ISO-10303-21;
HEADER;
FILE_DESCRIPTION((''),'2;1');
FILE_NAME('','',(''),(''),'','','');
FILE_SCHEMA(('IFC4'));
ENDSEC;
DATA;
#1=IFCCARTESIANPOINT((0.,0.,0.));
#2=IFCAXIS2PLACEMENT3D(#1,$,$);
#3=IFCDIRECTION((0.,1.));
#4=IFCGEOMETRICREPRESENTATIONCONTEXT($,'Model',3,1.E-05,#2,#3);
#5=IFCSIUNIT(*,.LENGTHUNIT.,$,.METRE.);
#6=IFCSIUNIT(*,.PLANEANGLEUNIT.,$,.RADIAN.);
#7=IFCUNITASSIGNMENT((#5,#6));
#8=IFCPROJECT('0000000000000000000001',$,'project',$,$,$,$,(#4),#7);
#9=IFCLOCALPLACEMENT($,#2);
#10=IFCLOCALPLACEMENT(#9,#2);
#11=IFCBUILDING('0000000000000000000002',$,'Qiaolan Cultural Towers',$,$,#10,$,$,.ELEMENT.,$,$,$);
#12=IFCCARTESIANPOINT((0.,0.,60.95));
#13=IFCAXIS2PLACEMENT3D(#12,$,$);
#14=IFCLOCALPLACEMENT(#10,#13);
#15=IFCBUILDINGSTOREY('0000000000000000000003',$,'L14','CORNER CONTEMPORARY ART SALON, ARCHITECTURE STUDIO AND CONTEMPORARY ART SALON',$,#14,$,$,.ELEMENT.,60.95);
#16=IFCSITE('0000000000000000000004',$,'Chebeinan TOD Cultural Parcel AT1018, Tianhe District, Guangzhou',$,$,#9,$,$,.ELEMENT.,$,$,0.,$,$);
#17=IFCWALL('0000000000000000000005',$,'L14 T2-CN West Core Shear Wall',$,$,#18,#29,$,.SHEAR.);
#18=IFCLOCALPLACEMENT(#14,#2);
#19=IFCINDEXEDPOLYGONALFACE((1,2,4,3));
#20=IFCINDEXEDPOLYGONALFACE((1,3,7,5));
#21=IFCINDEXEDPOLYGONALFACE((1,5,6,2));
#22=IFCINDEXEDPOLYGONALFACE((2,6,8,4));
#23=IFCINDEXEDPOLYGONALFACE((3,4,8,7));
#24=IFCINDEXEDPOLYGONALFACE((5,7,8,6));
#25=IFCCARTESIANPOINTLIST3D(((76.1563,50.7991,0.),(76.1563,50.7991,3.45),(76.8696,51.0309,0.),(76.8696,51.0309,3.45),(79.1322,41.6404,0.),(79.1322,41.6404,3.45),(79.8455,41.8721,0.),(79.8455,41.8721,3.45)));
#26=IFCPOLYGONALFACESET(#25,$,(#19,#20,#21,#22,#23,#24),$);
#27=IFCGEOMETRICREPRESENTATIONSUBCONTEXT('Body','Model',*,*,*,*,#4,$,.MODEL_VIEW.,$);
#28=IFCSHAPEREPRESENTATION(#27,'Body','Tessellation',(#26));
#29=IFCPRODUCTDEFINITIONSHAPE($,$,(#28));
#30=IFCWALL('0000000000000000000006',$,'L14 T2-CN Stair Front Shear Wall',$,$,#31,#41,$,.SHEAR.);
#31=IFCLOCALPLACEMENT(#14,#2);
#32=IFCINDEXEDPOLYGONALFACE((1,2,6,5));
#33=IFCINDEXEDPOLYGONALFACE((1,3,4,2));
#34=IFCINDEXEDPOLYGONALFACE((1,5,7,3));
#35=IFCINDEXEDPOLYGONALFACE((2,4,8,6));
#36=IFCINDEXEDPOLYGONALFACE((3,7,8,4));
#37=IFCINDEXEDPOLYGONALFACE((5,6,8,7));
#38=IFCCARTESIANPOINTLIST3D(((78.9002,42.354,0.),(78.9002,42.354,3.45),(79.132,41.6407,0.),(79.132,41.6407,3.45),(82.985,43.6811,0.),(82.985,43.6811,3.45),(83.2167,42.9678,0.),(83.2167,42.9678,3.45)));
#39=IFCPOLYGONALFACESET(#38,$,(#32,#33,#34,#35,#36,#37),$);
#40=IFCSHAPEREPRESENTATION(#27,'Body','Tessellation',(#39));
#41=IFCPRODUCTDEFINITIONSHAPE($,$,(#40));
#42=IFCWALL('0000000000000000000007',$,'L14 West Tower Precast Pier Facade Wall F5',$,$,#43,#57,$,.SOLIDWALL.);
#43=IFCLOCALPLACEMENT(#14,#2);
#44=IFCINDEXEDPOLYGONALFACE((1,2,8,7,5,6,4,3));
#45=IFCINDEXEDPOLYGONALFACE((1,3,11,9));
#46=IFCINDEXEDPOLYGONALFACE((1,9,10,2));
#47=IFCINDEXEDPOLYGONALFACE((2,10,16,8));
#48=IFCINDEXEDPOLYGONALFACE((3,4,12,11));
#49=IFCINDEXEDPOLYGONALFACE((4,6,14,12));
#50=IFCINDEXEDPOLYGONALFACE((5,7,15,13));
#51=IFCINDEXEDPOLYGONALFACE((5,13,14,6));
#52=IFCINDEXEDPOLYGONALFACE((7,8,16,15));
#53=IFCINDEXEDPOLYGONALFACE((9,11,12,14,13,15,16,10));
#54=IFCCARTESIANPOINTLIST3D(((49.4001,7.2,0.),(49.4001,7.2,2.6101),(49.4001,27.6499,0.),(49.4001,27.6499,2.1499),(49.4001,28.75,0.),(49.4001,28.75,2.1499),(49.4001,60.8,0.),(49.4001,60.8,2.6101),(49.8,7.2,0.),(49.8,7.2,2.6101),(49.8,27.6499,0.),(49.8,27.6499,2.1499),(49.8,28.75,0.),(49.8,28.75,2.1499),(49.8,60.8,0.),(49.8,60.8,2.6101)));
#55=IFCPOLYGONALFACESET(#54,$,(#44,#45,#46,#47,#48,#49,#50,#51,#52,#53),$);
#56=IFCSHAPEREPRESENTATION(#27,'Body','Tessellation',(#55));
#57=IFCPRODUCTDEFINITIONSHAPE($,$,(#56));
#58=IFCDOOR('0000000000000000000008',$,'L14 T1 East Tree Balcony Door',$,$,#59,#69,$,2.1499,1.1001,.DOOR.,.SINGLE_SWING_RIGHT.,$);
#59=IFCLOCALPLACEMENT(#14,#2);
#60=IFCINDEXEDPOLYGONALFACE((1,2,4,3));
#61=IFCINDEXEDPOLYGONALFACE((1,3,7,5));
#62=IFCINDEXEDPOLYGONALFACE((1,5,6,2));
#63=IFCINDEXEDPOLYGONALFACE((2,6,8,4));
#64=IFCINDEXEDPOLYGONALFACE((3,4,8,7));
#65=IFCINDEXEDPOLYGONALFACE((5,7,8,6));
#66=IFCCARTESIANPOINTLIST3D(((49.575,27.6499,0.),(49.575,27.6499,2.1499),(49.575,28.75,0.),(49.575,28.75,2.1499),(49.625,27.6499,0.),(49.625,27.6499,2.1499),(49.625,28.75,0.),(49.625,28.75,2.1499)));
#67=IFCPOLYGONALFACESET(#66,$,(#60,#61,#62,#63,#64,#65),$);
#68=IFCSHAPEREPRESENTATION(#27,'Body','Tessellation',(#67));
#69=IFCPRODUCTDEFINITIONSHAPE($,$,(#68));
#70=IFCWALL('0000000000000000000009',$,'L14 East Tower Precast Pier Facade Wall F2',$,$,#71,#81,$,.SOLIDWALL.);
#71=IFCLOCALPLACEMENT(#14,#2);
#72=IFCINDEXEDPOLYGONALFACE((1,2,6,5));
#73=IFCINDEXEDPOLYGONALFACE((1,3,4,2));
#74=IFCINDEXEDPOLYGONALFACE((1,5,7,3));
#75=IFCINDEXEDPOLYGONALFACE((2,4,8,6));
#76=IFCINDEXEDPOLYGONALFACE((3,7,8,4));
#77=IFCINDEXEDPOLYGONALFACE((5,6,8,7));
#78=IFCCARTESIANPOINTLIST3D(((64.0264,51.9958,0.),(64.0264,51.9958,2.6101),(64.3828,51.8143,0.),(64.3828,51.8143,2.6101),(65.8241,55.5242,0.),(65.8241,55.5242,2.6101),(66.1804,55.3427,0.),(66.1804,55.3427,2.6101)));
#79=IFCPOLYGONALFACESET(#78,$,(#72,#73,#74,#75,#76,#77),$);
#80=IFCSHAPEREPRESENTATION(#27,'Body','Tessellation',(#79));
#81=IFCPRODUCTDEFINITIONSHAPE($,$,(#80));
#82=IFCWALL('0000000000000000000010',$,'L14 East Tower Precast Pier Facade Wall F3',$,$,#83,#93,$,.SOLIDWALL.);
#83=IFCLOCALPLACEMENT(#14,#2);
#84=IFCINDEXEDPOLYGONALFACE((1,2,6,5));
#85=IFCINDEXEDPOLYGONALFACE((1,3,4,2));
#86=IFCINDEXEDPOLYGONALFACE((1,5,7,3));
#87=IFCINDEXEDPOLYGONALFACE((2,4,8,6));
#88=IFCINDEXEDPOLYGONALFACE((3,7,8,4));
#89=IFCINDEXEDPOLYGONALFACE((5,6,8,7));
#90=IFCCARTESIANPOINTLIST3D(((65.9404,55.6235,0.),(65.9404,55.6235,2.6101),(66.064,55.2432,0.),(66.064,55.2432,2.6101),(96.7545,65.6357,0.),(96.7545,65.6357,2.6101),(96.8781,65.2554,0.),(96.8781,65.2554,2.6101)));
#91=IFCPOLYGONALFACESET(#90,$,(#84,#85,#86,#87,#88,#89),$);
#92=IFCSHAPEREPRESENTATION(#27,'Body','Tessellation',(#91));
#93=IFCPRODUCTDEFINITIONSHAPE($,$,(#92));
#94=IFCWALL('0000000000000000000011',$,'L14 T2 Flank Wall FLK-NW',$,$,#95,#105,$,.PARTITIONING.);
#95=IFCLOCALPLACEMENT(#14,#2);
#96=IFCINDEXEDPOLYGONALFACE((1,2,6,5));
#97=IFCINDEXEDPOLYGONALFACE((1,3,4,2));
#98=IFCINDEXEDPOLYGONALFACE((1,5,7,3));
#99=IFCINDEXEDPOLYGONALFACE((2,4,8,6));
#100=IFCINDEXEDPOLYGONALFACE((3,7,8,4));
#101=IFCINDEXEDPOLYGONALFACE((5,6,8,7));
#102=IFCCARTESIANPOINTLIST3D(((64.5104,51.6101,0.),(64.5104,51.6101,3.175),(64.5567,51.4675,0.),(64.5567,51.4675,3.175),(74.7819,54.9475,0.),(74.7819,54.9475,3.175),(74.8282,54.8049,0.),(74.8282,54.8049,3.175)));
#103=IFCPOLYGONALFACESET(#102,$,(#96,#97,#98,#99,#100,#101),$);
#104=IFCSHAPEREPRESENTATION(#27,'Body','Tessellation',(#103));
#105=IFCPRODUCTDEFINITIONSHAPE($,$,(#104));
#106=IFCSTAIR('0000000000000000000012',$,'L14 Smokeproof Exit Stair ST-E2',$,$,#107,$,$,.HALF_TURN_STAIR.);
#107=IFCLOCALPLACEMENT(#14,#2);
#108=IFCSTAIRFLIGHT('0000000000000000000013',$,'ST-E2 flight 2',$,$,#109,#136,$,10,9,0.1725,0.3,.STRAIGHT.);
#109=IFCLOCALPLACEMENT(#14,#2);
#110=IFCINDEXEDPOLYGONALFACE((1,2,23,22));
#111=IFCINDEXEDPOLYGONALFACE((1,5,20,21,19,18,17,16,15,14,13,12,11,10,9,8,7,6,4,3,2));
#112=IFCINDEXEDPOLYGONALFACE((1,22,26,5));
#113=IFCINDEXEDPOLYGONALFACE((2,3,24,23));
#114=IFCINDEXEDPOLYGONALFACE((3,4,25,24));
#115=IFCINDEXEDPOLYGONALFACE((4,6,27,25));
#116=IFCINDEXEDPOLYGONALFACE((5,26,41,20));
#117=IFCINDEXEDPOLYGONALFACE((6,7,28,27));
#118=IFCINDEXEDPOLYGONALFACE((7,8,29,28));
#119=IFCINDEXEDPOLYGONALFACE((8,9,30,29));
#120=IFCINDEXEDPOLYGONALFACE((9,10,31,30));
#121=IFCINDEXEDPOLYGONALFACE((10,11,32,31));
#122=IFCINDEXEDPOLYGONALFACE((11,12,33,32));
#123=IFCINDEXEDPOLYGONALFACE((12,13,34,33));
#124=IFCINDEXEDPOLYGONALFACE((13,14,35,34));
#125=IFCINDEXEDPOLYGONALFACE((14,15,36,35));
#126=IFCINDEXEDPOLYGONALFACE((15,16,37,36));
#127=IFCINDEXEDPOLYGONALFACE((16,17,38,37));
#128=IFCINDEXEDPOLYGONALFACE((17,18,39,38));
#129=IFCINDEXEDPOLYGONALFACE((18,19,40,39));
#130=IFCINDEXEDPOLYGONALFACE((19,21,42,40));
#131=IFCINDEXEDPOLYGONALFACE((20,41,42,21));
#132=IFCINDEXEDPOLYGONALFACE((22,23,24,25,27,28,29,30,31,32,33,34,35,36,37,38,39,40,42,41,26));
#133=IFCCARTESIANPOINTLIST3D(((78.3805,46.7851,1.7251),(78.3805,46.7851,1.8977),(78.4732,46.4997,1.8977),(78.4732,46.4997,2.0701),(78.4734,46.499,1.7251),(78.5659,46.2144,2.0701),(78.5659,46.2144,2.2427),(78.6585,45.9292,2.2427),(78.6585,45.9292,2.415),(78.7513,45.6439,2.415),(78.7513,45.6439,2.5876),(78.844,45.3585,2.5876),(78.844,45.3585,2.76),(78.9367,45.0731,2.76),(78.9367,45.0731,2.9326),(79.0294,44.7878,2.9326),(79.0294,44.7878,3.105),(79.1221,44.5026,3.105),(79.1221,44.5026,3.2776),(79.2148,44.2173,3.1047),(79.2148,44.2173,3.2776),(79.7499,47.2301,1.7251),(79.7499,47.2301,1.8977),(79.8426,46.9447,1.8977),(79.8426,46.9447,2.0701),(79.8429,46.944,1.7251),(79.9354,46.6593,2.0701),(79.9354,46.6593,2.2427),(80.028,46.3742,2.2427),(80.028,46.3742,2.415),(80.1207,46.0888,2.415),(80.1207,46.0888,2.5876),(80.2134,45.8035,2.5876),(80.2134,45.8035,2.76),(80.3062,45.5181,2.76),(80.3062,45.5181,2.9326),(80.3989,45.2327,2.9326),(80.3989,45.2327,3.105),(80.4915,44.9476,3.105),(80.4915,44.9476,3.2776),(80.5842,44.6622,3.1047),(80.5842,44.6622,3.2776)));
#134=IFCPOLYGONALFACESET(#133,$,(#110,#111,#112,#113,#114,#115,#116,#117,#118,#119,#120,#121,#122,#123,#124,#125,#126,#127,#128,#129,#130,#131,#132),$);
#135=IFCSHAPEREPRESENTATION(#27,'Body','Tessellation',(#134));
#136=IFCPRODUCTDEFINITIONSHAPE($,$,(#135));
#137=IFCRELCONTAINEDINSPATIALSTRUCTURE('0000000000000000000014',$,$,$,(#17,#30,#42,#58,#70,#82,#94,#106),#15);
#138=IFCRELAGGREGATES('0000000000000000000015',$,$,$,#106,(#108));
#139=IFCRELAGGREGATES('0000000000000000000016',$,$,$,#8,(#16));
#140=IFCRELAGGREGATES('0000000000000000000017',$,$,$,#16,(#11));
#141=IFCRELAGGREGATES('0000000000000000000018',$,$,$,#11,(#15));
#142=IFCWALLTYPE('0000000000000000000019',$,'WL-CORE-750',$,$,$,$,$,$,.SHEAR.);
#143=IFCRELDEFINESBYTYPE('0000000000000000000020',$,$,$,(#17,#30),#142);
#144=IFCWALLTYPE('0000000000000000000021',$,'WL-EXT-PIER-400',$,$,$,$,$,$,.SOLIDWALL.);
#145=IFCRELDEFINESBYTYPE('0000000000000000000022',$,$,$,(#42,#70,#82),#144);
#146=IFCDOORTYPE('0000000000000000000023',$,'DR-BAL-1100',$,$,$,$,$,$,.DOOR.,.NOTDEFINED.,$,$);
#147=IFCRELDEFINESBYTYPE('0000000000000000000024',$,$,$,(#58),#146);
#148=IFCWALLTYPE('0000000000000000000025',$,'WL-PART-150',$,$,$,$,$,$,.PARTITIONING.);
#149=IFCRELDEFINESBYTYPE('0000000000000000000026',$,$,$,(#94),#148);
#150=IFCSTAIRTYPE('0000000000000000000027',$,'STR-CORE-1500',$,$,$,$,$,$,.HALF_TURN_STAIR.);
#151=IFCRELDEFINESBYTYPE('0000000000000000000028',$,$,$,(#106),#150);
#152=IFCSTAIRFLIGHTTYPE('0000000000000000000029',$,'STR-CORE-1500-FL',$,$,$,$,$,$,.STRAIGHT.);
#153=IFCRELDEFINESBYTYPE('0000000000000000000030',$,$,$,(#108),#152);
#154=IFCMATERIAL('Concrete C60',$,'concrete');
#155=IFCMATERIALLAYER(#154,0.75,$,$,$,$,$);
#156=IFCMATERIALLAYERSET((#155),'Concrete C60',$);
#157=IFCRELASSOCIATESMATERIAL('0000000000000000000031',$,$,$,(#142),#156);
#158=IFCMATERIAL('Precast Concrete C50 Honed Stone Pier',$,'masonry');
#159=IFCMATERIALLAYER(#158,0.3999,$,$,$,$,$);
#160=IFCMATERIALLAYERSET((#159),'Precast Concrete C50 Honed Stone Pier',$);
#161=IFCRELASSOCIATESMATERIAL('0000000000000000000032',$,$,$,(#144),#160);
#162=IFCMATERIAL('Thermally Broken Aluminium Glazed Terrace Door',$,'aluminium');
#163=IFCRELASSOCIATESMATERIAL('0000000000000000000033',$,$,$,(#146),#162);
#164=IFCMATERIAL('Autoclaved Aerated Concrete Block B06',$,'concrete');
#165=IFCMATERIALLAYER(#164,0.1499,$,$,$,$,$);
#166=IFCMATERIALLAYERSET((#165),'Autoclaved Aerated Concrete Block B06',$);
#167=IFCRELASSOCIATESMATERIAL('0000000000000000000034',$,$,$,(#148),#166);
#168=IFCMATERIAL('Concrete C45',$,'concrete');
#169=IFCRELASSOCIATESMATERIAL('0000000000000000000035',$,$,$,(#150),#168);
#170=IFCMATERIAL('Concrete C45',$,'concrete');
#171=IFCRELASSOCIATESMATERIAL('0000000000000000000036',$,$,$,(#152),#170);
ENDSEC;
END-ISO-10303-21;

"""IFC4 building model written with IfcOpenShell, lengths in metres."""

from ifc_helpers import new_model, si_unit, direction, frame, frame_2d, origin, place, context, subcontext, project, spatial, polyline, rectangle, outline, extrude, material, layer, layer_set, type_object, element, fill, aggregate, save


model = new_model("IFC4")

# Units and contexts
model_context = context("Model", 3, precision=1e-05, world=origin(), true_north=direction((0.0, 1.0)))
body_context = subcontext(model_context, "Body", "Model", "MODEL_VIEW")
ifc_project = project(units=[si_unit("LENGTHUNIT", "METRE"), si_unit("PLANEANGLEUNIT", "RADIAN")], contexts=[model_context])

# Site, building, storey
site_placement = place(None, origin())
site = spatial("IfcSite", under=ifc_project, at=site_placement, Name="Chebeinan TOD Cultural Parcel AT1018, Tianhe District, Guangzhou", CompositionType="ELEMENT", RefElevation=0.0)
building_placement = place(site_placement, origin())
building = spatial("IfcBuilding", under=site, at=building_placement, Name="Qiaolan Cultural Towers", CompositionType="ELEMENT")
storey_placement = place(building_placement, frame((0.0, 0.0, 60.95)))
storey = spatial("IfcBuildingStorey", under=building, at=storey_placement, Name="L14", Description="CORNER CONTEMPORARY ART SALON, ARCHITECTURE STUDIO AND CONTEMPORARY ART SALON", CompositionType="ELEMENT", Elevation=60.95)

# Walls
ifc_material_1 = material(Name="Concrete C60", Category="concrete")
ifc_layer_1 = layer(ifc_material_1, 0.75)
ifc_layer_set_1 = layer_set([ifc_layer_1], Name="Concrete C60")
wall_type_1 = type_object("IfcWallType", Name="WL-CORE-750", PredefinedType="SHEAR", material=ifc_layer_set_1)
wall_1_placement = place(storey_placement, frame((79.4888, 41.7563, 0.0), z_axis=(0.0, 0.0, 1.0), x_axis=(-0.309016, 0.951057, 0.0)))
element("IfcWall", 1, at=wall_1_placement, inside=storey, type_object=wall_type_1, Name="L14 T2-CN West Core Shear Wall", PredefinedType="SHEAR", context=body_context, shape_type="SweptSolid", body=[
    extrude(rectangle(XDim=9.6301, YDim=0.75, at=frame_2d((4.8149, 0.0))), origin(), (0.0, 0.0, 1.0), 3.45),
])
wall_2_placement = place(storey_placement, frame((79.0161, 41.9973, 0.0), z_axis=(0.0, 0.0, 1.0), x_axis=(0.95106, 0.309005, 0.0)))
element("IfcWall", 2, at=wall_2_placement, inside=storey, type_object=wall_type_1, Name="L14 T2-CN Stair Front Shear Wall", PredefinedType="SHEAR", context=body_context, shape_type="SweptSolid", body=[
    extrude(rectangle(XDim=4.2949, YDim=0.75, at=frame_2d((2.1475, 0.0))), origin(), (0.0, 0.0, 1.0), 3.45),
])

# Wall, opening, door
ifc_material_2 = material(Name="Precast Concrete C50 Honed Stone Pier", Category="masonry")
ifc_layer_2 = layer(ifc_material_2, 0.3999)
ifc_layer_set_2 = layer_set([ifc_layer_2], Name="Precast Concrete C50 Honed Stone Pier")
wall_type_2 = type_object("IfcWallType", Name="WL-EXT-PIER-400", PredefinedType="SOLIDWALL", material=ifc_layer_set_2)
wall_3_placement = place(storey_placement, frame((49.6001, 60.8, 0.0), z_axis=(0.0, 0.0, 1.0), x_axis=(0.0, -1.0, 0.0)))
wall_3 = element("IfcWall", 3, at=wall_3_placement, inside=storey, type_object=wall_type_2, Name="L14 West Tower Precast Pier Facade Wall F5", PredefinedType="SOLIDWALL", context=body_context, shape_type="SweptSolid", body=[
    extrude(rectangle(XDim=53.6001, YDim=0.3999, at=frame_2d((26.8, 0.0))), origin(), (0.0, 0.0, 1.0), 2.6101),
])
opening_placement = place(wall_3_placement, frame((32.05, 0.0, 0.0)))
opening = element("IfcOpeningElement", 4, at=opening_placement, cuts=wall_3, PredefinedType="OPENING", context=body_context, shape_type="SweptSolid", body=[
    extrude(rectangle(XDim=1.1001, YDim=2.1499, at=frame_2d((0.55, 1.075))), frame((0.0, 0.21, 0.0), z_axis=(0.0, -1.0, 0.0), x_axis=(1.0, 0.0, 0.0)), (0.0, 0.0, 1.0), 0.4199),
])
ifc_material_3 = material(Name="Thermally Broken Aluminium Glazed Terrace Door", Category="aluminium")
door_type = type_object("IfcDoorType", Name="DR-BAL-1100", OperationType="NOTDEFINED", PredefinedType="DOOR", material=ifc_material_3)
door_placement = place(opening_placement, origin())
door = element("IfcDoor", 5, at=door_placement, inside=storey, type_object=door_type, Name="L14 T1 East Tree Balcony Door", OperationType="SINGLE_SWING_RIGHT", OverallHeight=2.1499, OverallWidth=1.1001, PredefinedType="DOOR", context=body_context, shape_type="SweptSolid", body=[
    extrude(rectangle(XDim=1.1001, YDim=2.1499, at=frame_2d((0.55, 1.075))), frame((0.0, 0.0249, 0.0), z_axis=(0.0, -1.0, 0.0), x_axis=(1.0, 0.0, 0.0)), (0.0, 0.0, 1.0), 0.05),
])
fill(opening, door)

# Walls
wall_4_placement = place(storey_placement, frame((64.2046, 51.905, 0.0), z_axis=(0.0, 0.0, 1.0), x_axis=(0.453958, 0.891023, 0.0)))
element("IfcWall", 6, at=wall_4_placement, inside=storey, type_object=wall_type_2, Name="L14 East Tower Precast Pier Facade Wall F2", PredefinedType="SOLIDWALL", context=body_context, shape_type="SweptSolid", body=[
    extrude(rectangle(XDim=3.96, YDim=0.3999, at=frame_2d((1.98, 0.0))), origin(), (0.0, 0.0, 1.0), 2.6101),
])
wall_5_placement = place(storey_placement, frame((66.0022, 55.4333, 0.0), z_axis=(0.0, 0.0, 1.0), x_axis=(0.951056, 0.309019, 0.0)))
element("IfcWall", 7, at=wall_5_placement, inside=storey, type_object=wall_type_2, Name="L14 East Tower Precast Pier Facade Wall F3", PredefinedType="SOLIDWALL", context=body_context, shape_type="SweptSolid", body=[
    extrude(rectangle(XDim=32.3999, YDim=0.3999, at=frame_2d((16.2, 0.0))), origin(), (0.0, 0.0, 1.0), 2.6101),
])
ifc_material_4 = material(Name="Autoclaved Aerated Concrete Block B06", Category="concrete")
ifc_layer_3 = layer(ifc_material_4, 0.1499)
ifc_layer_set_3 = layer_set([ifc_layer_3], Name="Autoclaved Aerated Concrete Block B06")
wall_type_3 = type_object("IfcWallType", Name="WL-PART-150", PredefinedType="PARTITIONING", material=ifc_layer_set_3)
wall_6_placement = place(storey_placement, frame((64.5337, 51.5388, 0.0), z_axis=(0.0, 0.0, 1.0), x_axis=(0.951057, 0.309017, 0.0)))
element("IfcWall", 8, at=wall_6_placement, inside=storey, type_object=wall_type_3, Name="L14 T2 Flank Wall FLK-NW", PredefinedType="PARTITIONING", context=body_context, shape_type="SweptSolid", body=[
    extrude(rectangle(XDim=10.8, YDim=0.1499, at=frame_2d((5.3999, 0.0))), origin(), (0.0, 0.0, 1.0), 3.175),
])

# Stair, stair flight
ifc_material_5 = material(Name="Concrete C45", Category="concrete")
stair_type = type_object("IfcStairType", Name="STR-CORE-1500", PredefinedType="HALF_TURN_STAIR", material=ifc_material_5)
stair_placement = place(storey_placement, origin())
stair = element("IfcStair", 9, at=stair_placement, inside=storey, type_object=stair_type, Name="L14 Smokeproof Exit Stair ST-E2", PredefinedType="HALF_TURN_STAIR")
ifc_material_6 = material(Name="Concrete C45", Category="concrete")
stair_flight_type = type_object("IfcStairFlightType", Name="STR-CORE-1500-FL", PredefinedType="STRAIGHT", material=ifc_material_6)
stair_flight_placement = place(storey_placement, frame((79.0652, 47.0076, 1.7251), z_axis=(0.0, 0.0, 1.0), x_axis=(0.309017, -0.951057, 0.0)))
stair_flight = element("IfcStairFlight", 10, at=stair_flight_placement, type_object=stair_flight_type, Name="ST-E2 flight 2", NumberOfRisers=10, NumberOfTreads=9, PredefinedType="STRAIGHT", RiserHeight=0.1725, TreadLength=0.3, context=body_context, shape_type="SweptSolid", body=[
    extrude(outline(polyline([(0.0, 0.0), (0.0, 0.1726), (0.3, 0.1726), (0.3, 0.345), (0.6001, 0.345), (0.6001, 0.5176), (0.8999, 0.5176), (0.8999, 0.6899), (1.2, 0.6899), (1.2, 0.8625), (1.5, 0.8625), (1.5, 1.0349), (1.8, 1.0349), (1.8, 1.2075), (2.1001, 1.2075), (2.1001, 1.3799), (2.3999, 1.3799), (2.3999, 1.5525), (2.7, 1.5525), (2.7, 1.7251), (2.7, 1.3796), (0.3008, 0.0), (0.0, 0.0)])), frame((0.0, 0.72, 0.0), z_axis=(0.0, -1.0, 0.0), x_axis=(1.0, 0.0, 0.0)), (0.0, 0.0, 1.0), 1.4399),
])
aggregate(stair, [stair_flight])

save(model, "model.ifc")
